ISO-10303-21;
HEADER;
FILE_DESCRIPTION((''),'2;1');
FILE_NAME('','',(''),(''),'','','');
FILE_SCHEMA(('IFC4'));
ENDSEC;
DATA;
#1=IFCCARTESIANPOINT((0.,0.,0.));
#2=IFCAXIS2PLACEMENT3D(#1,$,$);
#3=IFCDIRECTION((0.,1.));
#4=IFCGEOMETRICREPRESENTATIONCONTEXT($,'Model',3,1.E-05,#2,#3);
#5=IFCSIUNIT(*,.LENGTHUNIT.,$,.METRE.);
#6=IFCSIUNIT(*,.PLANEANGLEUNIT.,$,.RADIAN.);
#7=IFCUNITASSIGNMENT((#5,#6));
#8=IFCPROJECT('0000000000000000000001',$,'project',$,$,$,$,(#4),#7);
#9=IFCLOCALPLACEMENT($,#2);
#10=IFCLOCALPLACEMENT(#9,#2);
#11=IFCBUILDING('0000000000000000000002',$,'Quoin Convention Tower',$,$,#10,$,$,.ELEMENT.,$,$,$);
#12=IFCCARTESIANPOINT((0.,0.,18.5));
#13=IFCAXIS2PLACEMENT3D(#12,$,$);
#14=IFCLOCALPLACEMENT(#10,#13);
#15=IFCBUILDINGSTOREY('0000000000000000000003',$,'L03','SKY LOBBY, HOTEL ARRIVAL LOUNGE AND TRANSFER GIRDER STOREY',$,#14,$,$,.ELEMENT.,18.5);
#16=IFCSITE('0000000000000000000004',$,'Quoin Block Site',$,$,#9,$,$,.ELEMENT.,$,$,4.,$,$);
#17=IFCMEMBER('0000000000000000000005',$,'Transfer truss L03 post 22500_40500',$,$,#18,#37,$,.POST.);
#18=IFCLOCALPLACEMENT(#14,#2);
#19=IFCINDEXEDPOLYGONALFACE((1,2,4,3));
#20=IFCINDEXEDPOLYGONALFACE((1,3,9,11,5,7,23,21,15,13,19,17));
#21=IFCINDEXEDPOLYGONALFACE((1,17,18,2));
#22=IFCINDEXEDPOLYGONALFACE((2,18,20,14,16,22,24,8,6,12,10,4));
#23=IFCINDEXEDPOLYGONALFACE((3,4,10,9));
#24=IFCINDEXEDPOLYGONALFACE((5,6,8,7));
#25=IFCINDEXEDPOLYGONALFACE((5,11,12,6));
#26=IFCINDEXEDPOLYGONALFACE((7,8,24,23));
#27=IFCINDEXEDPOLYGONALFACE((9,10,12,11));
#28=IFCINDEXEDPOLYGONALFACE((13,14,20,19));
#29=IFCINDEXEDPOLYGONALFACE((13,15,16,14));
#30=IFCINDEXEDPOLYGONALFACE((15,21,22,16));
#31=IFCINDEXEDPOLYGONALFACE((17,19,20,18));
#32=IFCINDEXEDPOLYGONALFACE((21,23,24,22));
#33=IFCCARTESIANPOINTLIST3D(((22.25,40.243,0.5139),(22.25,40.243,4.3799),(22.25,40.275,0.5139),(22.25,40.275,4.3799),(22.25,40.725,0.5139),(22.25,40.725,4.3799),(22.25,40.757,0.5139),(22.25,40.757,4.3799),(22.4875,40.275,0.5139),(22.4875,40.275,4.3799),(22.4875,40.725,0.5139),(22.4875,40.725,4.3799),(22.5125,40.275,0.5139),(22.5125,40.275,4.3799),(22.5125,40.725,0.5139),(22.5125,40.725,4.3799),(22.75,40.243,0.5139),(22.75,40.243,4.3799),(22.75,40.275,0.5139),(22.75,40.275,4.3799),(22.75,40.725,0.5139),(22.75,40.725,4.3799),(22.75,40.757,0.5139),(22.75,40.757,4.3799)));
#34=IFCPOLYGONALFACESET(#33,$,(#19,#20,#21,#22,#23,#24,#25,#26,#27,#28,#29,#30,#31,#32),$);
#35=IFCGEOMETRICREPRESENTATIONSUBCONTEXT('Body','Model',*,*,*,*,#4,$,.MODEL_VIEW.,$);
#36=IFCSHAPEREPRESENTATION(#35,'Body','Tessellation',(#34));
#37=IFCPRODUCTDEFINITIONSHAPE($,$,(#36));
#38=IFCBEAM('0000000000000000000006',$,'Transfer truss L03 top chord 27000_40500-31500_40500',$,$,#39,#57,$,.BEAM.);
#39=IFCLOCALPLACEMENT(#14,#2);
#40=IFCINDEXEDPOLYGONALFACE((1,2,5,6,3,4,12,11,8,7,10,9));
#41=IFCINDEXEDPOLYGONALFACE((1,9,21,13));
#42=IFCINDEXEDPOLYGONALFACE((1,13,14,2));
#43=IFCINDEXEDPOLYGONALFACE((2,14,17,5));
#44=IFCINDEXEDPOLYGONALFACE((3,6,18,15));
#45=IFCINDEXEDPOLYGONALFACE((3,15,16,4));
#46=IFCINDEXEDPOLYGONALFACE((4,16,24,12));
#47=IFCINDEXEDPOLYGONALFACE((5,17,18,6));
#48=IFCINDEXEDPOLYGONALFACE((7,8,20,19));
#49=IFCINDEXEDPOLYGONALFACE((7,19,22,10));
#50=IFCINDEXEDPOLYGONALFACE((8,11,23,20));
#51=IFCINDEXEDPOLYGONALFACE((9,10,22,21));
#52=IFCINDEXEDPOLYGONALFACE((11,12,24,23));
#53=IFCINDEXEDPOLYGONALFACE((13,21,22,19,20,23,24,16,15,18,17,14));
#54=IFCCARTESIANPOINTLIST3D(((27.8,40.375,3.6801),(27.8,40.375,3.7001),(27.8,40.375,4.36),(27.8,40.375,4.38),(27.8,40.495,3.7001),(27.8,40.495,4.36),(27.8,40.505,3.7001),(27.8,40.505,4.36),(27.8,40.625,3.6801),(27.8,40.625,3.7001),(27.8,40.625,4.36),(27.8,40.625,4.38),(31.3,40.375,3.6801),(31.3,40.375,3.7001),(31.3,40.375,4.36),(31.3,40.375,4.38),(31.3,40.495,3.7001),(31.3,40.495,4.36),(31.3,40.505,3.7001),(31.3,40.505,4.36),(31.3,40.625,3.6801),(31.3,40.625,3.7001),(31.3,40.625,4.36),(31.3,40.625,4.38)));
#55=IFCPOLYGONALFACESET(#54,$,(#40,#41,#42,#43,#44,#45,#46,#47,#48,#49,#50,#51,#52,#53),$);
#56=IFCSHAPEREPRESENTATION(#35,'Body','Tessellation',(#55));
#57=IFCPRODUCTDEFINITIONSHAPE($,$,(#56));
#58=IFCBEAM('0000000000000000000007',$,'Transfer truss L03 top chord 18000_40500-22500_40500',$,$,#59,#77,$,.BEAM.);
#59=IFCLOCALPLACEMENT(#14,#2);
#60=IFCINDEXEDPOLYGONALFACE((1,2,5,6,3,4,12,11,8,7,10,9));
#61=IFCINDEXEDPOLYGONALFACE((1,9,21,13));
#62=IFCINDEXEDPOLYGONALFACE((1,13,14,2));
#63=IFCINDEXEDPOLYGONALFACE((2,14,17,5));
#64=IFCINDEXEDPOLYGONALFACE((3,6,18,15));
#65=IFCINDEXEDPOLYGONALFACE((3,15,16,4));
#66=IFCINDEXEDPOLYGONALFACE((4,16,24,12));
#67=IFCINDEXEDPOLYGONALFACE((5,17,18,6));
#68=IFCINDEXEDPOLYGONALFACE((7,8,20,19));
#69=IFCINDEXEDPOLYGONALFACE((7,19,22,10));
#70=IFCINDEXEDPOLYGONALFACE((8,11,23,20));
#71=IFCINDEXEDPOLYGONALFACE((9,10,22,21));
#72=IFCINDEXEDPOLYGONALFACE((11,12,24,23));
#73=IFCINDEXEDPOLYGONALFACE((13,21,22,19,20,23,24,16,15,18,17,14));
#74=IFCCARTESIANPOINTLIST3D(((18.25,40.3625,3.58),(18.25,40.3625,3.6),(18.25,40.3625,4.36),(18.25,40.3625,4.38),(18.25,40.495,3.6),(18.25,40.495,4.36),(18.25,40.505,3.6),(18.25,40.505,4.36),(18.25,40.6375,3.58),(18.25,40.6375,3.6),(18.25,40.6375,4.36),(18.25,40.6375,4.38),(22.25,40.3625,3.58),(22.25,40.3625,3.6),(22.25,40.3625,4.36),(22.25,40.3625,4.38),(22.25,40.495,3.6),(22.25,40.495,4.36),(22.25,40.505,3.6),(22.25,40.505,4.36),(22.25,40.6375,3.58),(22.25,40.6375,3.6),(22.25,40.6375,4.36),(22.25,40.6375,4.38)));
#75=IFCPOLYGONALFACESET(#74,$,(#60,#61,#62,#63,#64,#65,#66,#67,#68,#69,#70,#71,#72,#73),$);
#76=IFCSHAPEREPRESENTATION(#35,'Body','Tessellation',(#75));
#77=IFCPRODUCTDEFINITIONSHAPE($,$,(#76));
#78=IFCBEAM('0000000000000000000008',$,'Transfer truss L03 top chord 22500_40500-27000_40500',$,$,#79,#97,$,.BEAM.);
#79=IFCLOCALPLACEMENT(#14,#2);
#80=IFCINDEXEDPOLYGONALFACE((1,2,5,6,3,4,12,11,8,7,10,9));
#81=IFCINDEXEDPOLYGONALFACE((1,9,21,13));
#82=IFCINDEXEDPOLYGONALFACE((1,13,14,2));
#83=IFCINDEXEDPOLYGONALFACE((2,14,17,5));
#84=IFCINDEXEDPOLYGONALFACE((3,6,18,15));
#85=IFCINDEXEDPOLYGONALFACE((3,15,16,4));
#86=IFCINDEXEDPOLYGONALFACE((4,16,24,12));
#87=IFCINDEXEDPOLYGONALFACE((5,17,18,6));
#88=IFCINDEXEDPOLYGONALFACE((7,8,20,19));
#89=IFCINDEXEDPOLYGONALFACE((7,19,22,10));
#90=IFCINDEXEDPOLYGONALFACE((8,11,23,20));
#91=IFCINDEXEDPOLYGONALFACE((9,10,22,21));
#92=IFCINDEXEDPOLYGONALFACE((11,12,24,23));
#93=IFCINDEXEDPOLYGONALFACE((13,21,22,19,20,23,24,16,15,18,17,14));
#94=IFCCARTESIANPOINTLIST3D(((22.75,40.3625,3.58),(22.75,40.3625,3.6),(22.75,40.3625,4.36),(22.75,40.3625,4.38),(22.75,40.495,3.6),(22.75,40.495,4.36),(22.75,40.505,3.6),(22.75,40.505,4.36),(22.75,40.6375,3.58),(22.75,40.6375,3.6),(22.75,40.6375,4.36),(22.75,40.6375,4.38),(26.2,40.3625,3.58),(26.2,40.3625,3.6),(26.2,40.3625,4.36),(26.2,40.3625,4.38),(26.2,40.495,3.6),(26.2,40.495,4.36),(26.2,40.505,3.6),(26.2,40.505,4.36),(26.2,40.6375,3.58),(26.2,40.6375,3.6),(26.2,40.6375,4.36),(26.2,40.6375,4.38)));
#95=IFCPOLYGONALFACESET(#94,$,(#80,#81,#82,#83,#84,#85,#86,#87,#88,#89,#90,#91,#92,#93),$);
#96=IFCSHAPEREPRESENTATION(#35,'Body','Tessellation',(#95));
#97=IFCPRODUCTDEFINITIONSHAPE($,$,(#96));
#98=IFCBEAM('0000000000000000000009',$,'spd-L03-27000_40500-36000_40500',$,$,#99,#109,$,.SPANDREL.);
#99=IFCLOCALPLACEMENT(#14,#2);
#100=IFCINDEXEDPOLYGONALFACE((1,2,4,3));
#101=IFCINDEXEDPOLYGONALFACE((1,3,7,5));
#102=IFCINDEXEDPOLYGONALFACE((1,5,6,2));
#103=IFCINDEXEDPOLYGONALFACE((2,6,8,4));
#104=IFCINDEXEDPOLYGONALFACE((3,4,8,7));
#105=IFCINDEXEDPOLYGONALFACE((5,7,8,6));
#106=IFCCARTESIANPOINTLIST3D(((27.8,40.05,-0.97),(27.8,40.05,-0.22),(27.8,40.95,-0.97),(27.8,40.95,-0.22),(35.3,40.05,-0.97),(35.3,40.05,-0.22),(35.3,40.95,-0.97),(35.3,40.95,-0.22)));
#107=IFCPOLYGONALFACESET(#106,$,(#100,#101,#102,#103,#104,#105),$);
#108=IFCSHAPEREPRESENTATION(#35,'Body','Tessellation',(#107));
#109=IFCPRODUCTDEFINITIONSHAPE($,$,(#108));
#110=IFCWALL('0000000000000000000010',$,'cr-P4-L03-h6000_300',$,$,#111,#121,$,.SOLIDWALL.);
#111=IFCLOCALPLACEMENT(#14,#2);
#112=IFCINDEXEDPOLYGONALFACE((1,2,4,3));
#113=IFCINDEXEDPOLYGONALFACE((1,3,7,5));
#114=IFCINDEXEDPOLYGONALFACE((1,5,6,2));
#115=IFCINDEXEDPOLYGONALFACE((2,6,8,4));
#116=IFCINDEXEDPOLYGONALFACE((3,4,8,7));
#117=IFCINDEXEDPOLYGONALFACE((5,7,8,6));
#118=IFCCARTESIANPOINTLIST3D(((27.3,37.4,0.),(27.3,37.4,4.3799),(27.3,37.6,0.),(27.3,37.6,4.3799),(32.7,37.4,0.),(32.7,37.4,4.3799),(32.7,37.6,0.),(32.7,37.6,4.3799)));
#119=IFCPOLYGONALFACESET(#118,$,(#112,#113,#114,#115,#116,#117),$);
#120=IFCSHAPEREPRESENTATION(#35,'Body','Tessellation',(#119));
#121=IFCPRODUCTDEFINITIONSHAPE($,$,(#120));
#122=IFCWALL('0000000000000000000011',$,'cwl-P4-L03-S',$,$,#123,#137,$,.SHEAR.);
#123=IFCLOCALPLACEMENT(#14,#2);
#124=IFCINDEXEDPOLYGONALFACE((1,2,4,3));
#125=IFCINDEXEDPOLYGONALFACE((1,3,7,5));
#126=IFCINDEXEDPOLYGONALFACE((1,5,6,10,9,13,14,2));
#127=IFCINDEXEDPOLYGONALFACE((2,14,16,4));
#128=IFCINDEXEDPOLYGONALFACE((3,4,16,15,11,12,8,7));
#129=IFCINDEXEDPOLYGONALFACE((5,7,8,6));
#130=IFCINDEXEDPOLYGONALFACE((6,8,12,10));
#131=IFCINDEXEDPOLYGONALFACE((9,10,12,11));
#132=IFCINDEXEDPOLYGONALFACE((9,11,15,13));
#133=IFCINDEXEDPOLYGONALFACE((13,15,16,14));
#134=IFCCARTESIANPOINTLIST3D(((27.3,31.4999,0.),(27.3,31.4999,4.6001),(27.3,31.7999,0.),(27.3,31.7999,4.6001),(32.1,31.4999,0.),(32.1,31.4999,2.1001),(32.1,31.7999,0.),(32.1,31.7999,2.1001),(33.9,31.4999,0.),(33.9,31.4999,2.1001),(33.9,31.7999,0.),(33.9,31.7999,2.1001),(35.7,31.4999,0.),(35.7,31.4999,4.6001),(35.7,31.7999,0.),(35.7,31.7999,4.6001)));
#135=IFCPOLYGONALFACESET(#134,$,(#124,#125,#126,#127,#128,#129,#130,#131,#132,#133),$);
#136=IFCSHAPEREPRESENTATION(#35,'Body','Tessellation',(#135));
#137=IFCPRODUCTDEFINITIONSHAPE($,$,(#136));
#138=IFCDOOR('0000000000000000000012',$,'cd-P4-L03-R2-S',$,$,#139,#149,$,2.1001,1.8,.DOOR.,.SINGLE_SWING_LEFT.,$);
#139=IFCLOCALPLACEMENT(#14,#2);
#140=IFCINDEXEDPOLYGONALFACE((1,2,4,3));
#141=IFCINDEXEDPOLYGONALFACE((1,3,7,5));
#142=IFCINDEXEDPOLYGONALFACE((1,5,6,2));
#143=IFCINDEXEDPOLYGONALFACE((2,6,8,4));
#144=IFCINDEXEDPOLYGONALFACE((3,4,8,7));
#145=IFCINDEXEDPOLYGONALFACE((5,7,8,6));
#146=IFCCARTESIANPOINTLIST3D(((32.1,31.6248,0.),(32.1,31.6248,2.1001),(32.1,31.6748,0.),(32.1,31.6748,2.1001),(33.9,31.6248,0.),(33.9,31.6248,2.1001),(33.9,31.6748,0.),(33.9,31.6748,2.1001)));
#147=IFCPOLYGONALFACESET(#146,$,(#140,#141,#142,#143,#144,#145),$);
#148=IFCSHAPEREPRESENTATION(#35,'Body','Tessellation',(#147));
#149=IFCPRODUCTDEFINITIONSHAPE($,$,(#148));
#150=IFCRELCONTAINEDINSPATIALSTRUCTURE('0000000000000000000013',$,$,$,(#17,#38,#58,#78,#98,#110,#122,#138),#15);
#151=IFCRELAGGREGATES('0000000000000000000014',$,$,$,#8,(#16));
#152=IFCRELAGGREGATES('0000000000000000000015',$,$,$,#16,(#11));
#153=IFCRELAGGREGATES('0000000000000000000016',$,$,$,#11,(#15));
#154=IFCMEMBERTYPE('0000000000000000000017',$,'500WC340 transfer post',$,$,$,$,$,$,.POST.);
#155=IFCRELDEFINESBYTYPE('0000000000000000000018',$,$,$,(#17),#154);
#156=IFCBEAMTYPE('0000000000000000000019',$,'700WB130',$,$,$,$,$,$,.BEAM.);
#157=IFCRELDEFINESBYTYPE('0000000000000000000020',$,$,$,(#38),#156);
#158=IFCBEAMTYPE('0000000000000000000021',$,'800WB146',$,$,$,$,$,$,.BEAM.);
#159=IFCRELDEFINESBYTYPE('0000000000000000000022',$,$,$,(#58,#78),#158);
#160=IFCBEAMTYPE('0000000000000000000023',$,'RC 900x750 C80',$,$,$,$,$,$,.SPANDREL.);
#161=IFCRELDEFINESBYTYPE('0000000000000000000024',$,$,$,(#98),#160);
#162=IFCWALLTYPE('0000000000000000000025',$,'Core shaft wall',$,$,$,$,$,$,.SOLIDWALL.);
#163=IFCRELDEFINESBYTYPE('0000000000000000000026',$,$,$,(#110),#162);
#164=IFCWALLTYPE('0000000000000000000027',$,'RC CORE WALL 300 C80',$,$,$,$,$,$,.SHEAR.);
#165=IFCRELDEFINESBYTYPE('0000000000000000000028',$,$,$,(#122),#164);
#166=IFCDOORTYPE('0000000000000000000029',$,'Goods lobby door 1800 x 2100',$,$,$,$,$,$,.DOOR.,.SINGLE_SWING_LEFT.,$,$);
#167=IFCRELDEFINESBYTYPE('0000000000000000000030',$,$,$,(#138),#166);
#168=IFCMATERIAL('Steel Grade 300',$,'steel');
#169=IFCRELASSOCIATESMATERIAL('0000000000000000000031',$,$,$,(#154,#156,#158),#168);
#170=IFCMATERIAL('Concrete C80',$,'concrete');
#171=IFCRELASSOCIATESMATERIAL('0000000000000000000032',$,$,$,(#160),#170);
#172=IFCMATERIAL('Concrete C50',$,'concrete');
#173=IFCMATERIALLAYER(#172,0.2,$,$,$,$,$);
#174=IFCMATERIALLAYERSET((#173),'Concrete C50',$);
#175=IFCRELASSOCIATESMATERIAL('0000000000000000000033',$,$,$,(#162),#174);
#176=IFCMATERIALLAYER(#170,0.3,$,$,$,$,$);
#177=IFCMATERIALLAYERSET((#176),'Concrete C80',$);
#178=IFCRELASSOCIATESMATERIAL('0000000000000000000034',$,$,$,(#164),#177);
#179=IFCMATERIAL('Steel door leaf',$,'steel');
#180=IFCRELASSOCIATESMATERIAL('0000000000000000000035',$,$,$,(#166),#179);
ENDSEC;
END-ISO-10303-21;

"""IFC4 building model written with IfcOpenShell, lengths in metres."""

from ifc_helpers import new_model, si_unit, direction, frame, frame_2d, origin, origin_2d, place, context, subcontext, project, spatial, rectangle, i_section, extrude, material, layer, layer_set, material_profile, profile_set, type_object, element, fill, save


model = new_model("IFC4")

# Units and contexts
model_context = context("Model", 3, precision=1e-05, world=origin(), true_north=direction((0.0, 1.0)))
body_context = subcontext(model_context, "Body", "Model", "MODEL_VIEW")
ifc_project = project(units=[si_unit("LENGTHUNIT", "METRE"), si_unit("PLANEANGLEUNIT", "RADIAN")], contexts=[model_context])

# Site, building, storey
site_placement = place(None, origin())
site = spatial("IfcSite", under=ifc_project, at=site_placement, Name="Quoin Block Site", CompositionType="ELEMENT", RefElevation=4.0)
building_placement = place(site_placement, origin())
building = spatial("IfcBuilding", under=site, at=building_placement, Name="Quoin Convention Tower", CompositionType="ELEMENT")
storey_placement = place(building_placement, frame((0.0, 0.0, 18.5)))
storey = spatial("IfcBuildingStorey", under=building, at=storey_placement, Name="L03", Description="SKY LOBBY, HOTEL ARRIVAL LOUNGE AND TRANSFER GIRDER STOREY", CompositionType="ELEMENT", Elevation=18.5)

# Shared definitions
ifc_material_1 = material(Name="Concrete C80", Category="concrete")

# Member
ifc_material_2 = material(Name="Steel Grade 300", Category="steel")
ifc_material_profile_1 = material_profile(ifc_material_2, i_section(OverallWidth=0.5, OverallDepth=0.5139, WebThickness=0.0249, FlangeThickness=0.032, at=origin_2d()), Name="500WC340")
ifc_profile_set_1 = profile_set([ifc_material_profile_1], Name="Steel Grade 300")
member_type_1 = type_object("IfcMemberType", Name="500WC340 transfer post", PredefinedType="POST", material=ifc_profile_set_1)
for number, where, z_axis, x_axis, name in (
    (1, (22.5, 40.5, 0.5139), (0.0, 0.0, 1.0), (1.0, 0.0, 0.0), "Transfer truss L03 post 22500_40500"),
):
    element("IfcMember", number, at=place(storey_placement, frame(where, z_axis=z_axis, x_axis=x_axis)), inside=storey, type_object=member_type_1, Name=name, PredefinedType="POST", context=body_context, shape_type="SweptSolid", body=[
        extrude(i_section(OverallWidth=0.5, OverallDepth=0.5139, WebThickness=0.0249, FlangeThickness=0.032, at=origin_2d()), origin(), (0.0, 0.0, 1.0), 3.866),
    ])

# Beams
ifc_material_profile_2 = material_profile(ifc_material_2, i_section(OverallWidth=0.25, OverallDepth=0.7, WebThickness=0.01, FlangeThickness=0.02, at=origin_2d()), Name="700WB130")
ifc_profile_set_2 = profile_set([ifc_material_profile_2], Name="Steel Grade 300")
beam_type_1 = type_object("IfcBeamType", Name="700WB130", PredefinedType="BEAM", material=ifc_profile_set_2)
beam_1_placement = place(storey_placement, frame((27.8, 40.5, 4.03), z_axis=(1.0, 0.0, 0.0), x_axis=(0.0, 1.0, 0.0)))
element("IfcBeam", 2, at=beam_1_placement, inside=storey, type_object=beam_type_1, Name="Transfer truss L03 top chord 27000_40500-31500_40500", PredefinedType="BEAM", context=body_context, shape_type="SweptSolid", body=[
    extrude(i_section(OverallWidth=0.25, OverallDepth=0.7, WebThickness=0.01, FlangeThickness=0.02, at=origin_2d()), origin(), (0.0, 0.0, 1.0), 3.5),
])
ifc_material_profile_3 = material_profile(ifc_material_2, i_section(OverallWidth=0.2749, OverallDepth=0.8, WebThickness=0.01, FlangeThickness=0.02, at=origin_2d()), Name="800WB146")
ifc_profile_set_3 = profile_set([ifc_material_profile_3], Name="Steel Grade 300")
beam_type_2 = type_object("IfcBeamType", Name="800WB146", PredefinedType="BEAM", material=ifc_profile_set_3)
beam_2_placement = place(storey_placement, frame((18.25, 40.5, 3.98), z_axis=(1.0, 0.0, 0.0), x_axis=(0.0, 1.0, 0.0)))
element("IfcBeam", 3, at=beam_2_placement, inside=storey, type_object=beam_type_2, Name="Transfer truss L03 top chord 18000_40500-22500_40500", PredefinedType="BEAM", context=body_context, shape_type="SweptSolid", body=[
    extrude(i_section(OverallWidth=0.2749, OverallDepth=0.8, WebThickness=0.01, FlangeThickness=0.02, at=origin_2d()), origin(), (0.0, 0.0, 1.0), 4.0),
])
beam_3_placement = place(storey_placement, frame((22.75, 40.5, 3.98), z_axis=(1.0, 0.0, 0.0), x_axis=(0.0, 1.0, 0.0)))
element("IfcBeam", 4, at=beam_3_placement, inside=storey, type_object=beam_type_2, Name="Transfer truss L03 top chord 22500_40500-27000_40500", PredefinedType="BEAM", context=body_context, shape_type="SweptSolid", body=[
    extrude(i_section(OverallWidth=0.2749, OverallDepth=0.8, WebThickness=0.01, FlangeThickness=0.02, at=origin_2d()), origin(), (0.0, 0.0, 1.0), 3.45),
])
ifc_material_profile_4 = material_profile(ifc_material_1, rectangle(XDim=0.8999, YDim=0.75, at=origin_2d()), Name="RC 900x750")
ifc_profile_set_4 = profile_set([ifc_material_profile_4], Name="Concrete C80")
beam_type_3 = type_object("IfcBeamType", Name="RC 900x750 C80", PredefinedType="SPANDREL", material=ifc_profile_set_4)
beam_4_placement = place(storey_placement, frame((27.8, 40.5, -0.595), z_axis=(1.0, 0.0, 0.0), x_axis=(0.0, 1.0, 0.0)))
element("IfcBeam", 5, at=beam_4_placement, inside=storey, type_object=beam_type_3, Name="spd-L03-27000_40500-36000_40500", PredefinedType="SPANDREL", context=body_context, shape_type="SweptSolid", body=[
    extrude(rectangle(XDim=0.8999, YDim=0.75, at=origin_2d()), origin(), (0.0, 0.0, 1.0), 7.5),
])

# Wall
ifc_material_3 = material(Name="Concrete C50", Category="concrete")
ifc_layer_1 = layer(ifc_material_3, 0.2)
ifc_layer_set_1 = layer_set([ifc_layer_1], Name="Concrete C50")
wall_type_1 = type_object("IfcWallType", Name="Core shaft wall", PredefinedType="SOLIDWALL", material=ifc_layer_set_1)
wall_1_placement = place(storey_placement, frame((27.3, 37.5, 0.0), z_axis=(0.0, 0.0, 1.0), x_axis=(1.0, 0.0, 0.0)))
element("IfcWall", 6, at=wall_1_placement, inside=storey, type_object=wall_type_1, Name="cr-P4-L03-h6000_300", PredefinedType="SOLIDWALL", context=body_context, shape_type="SweptSolid", body=[
    extrude(rectangle(XDim=5.3999, YDim=0.2, at=frame_2d((2.7, 0.0))), origin(), (0.0, 0.0, 1.0), 4.3799),
])

# Wall, opening, door
ifc_layer_2 = layer(ifc_material_1, 0.3)
ifc_layer_set_2 = layer_set([ifc_layer_2], Name="Concrete C80")
wall_type_2 = type_object("IfcWallType", Name="RC CORE WALL 300 C80", PredefinedType="SHEAR", material=ifc_layer_set_2)
wall_2_placement = place(storey_placement, frame((27.3, 31.6499, 0.0), z_axis=(0.0, 0.0, 1.0), x_axis=(1.0, 0.0, 0.0)))
wall_2 = element("IfcWall", 7, at=wall_2_placement, inside=storey, type_object=wall_type_2, Name="cwl-P4-L03-S", PredefinedType="SHEAR", context=body_context, shape_type="SweptSolid", body=[
    extrude(rectangle(XDim=8.3999, YDim=0.3, at=frame_2d((4.2, 0.0))), origin(), (0.0, 0.0, 1.0), 4.6001),
])
opening_1_placement = place(wall_2_placement, frame((4.8, 0.0, 0.0)))
opening_1 = element("IfcOpeningElement", 8, at=opening_1_placement, cuts=wall_2, PredefinedType="OPENING", context=body_context, shape_type="SweptSolid", body=[
    extrude(rectangle(XDim=1.8, YDim=2.1001, at=frame_2d((0.8999, 1.05))), frame((0.0, 0.1599, 0.0), z_axis=(0.0, -1.0, 0.0), x_axis=(1.0, 0.0, 0.0)), (0.0, 0.0, 1.0), 0.3201),
])
ifc_material_4 = material(Name="Steel door leaf", Category="steel")
door_type_1 = type_object("IfcDoorType", Name="Goods lobby door 1800 x 2100", OperationType="SINGLE_SWING_LEFT", PredefinedType="DOOR", material=ifc_material_4)
door_1_placement = place(opening_1_placement, origin())
door_1 = element("IfcDoor", 9, at=door_1_placement, inside=storey, type_object=door_type_1, Name="cd-P4-L03-R2-S", OperationType="SINGLE_SWING_LEFT", OverallHeight=2.1001, OverallWidth=1.8, PredefinedType="DOOR", context=body_context, shape_type="SweptSolid", body=[
    extrude(rectangle(XDim=1.8, YDim=2.1001, at=frame_2d((0.8999, 1.05))), frame((0.0, 0.0249, 0.0), z_axis=(0.0, -1.0, 0.0), x_axis=(1.0, 0.0, 0.0)), (0.0, 0.0, 1.0), 0.05),
])
fill(opening_1, door_1)

save(model, "model.ifc")
